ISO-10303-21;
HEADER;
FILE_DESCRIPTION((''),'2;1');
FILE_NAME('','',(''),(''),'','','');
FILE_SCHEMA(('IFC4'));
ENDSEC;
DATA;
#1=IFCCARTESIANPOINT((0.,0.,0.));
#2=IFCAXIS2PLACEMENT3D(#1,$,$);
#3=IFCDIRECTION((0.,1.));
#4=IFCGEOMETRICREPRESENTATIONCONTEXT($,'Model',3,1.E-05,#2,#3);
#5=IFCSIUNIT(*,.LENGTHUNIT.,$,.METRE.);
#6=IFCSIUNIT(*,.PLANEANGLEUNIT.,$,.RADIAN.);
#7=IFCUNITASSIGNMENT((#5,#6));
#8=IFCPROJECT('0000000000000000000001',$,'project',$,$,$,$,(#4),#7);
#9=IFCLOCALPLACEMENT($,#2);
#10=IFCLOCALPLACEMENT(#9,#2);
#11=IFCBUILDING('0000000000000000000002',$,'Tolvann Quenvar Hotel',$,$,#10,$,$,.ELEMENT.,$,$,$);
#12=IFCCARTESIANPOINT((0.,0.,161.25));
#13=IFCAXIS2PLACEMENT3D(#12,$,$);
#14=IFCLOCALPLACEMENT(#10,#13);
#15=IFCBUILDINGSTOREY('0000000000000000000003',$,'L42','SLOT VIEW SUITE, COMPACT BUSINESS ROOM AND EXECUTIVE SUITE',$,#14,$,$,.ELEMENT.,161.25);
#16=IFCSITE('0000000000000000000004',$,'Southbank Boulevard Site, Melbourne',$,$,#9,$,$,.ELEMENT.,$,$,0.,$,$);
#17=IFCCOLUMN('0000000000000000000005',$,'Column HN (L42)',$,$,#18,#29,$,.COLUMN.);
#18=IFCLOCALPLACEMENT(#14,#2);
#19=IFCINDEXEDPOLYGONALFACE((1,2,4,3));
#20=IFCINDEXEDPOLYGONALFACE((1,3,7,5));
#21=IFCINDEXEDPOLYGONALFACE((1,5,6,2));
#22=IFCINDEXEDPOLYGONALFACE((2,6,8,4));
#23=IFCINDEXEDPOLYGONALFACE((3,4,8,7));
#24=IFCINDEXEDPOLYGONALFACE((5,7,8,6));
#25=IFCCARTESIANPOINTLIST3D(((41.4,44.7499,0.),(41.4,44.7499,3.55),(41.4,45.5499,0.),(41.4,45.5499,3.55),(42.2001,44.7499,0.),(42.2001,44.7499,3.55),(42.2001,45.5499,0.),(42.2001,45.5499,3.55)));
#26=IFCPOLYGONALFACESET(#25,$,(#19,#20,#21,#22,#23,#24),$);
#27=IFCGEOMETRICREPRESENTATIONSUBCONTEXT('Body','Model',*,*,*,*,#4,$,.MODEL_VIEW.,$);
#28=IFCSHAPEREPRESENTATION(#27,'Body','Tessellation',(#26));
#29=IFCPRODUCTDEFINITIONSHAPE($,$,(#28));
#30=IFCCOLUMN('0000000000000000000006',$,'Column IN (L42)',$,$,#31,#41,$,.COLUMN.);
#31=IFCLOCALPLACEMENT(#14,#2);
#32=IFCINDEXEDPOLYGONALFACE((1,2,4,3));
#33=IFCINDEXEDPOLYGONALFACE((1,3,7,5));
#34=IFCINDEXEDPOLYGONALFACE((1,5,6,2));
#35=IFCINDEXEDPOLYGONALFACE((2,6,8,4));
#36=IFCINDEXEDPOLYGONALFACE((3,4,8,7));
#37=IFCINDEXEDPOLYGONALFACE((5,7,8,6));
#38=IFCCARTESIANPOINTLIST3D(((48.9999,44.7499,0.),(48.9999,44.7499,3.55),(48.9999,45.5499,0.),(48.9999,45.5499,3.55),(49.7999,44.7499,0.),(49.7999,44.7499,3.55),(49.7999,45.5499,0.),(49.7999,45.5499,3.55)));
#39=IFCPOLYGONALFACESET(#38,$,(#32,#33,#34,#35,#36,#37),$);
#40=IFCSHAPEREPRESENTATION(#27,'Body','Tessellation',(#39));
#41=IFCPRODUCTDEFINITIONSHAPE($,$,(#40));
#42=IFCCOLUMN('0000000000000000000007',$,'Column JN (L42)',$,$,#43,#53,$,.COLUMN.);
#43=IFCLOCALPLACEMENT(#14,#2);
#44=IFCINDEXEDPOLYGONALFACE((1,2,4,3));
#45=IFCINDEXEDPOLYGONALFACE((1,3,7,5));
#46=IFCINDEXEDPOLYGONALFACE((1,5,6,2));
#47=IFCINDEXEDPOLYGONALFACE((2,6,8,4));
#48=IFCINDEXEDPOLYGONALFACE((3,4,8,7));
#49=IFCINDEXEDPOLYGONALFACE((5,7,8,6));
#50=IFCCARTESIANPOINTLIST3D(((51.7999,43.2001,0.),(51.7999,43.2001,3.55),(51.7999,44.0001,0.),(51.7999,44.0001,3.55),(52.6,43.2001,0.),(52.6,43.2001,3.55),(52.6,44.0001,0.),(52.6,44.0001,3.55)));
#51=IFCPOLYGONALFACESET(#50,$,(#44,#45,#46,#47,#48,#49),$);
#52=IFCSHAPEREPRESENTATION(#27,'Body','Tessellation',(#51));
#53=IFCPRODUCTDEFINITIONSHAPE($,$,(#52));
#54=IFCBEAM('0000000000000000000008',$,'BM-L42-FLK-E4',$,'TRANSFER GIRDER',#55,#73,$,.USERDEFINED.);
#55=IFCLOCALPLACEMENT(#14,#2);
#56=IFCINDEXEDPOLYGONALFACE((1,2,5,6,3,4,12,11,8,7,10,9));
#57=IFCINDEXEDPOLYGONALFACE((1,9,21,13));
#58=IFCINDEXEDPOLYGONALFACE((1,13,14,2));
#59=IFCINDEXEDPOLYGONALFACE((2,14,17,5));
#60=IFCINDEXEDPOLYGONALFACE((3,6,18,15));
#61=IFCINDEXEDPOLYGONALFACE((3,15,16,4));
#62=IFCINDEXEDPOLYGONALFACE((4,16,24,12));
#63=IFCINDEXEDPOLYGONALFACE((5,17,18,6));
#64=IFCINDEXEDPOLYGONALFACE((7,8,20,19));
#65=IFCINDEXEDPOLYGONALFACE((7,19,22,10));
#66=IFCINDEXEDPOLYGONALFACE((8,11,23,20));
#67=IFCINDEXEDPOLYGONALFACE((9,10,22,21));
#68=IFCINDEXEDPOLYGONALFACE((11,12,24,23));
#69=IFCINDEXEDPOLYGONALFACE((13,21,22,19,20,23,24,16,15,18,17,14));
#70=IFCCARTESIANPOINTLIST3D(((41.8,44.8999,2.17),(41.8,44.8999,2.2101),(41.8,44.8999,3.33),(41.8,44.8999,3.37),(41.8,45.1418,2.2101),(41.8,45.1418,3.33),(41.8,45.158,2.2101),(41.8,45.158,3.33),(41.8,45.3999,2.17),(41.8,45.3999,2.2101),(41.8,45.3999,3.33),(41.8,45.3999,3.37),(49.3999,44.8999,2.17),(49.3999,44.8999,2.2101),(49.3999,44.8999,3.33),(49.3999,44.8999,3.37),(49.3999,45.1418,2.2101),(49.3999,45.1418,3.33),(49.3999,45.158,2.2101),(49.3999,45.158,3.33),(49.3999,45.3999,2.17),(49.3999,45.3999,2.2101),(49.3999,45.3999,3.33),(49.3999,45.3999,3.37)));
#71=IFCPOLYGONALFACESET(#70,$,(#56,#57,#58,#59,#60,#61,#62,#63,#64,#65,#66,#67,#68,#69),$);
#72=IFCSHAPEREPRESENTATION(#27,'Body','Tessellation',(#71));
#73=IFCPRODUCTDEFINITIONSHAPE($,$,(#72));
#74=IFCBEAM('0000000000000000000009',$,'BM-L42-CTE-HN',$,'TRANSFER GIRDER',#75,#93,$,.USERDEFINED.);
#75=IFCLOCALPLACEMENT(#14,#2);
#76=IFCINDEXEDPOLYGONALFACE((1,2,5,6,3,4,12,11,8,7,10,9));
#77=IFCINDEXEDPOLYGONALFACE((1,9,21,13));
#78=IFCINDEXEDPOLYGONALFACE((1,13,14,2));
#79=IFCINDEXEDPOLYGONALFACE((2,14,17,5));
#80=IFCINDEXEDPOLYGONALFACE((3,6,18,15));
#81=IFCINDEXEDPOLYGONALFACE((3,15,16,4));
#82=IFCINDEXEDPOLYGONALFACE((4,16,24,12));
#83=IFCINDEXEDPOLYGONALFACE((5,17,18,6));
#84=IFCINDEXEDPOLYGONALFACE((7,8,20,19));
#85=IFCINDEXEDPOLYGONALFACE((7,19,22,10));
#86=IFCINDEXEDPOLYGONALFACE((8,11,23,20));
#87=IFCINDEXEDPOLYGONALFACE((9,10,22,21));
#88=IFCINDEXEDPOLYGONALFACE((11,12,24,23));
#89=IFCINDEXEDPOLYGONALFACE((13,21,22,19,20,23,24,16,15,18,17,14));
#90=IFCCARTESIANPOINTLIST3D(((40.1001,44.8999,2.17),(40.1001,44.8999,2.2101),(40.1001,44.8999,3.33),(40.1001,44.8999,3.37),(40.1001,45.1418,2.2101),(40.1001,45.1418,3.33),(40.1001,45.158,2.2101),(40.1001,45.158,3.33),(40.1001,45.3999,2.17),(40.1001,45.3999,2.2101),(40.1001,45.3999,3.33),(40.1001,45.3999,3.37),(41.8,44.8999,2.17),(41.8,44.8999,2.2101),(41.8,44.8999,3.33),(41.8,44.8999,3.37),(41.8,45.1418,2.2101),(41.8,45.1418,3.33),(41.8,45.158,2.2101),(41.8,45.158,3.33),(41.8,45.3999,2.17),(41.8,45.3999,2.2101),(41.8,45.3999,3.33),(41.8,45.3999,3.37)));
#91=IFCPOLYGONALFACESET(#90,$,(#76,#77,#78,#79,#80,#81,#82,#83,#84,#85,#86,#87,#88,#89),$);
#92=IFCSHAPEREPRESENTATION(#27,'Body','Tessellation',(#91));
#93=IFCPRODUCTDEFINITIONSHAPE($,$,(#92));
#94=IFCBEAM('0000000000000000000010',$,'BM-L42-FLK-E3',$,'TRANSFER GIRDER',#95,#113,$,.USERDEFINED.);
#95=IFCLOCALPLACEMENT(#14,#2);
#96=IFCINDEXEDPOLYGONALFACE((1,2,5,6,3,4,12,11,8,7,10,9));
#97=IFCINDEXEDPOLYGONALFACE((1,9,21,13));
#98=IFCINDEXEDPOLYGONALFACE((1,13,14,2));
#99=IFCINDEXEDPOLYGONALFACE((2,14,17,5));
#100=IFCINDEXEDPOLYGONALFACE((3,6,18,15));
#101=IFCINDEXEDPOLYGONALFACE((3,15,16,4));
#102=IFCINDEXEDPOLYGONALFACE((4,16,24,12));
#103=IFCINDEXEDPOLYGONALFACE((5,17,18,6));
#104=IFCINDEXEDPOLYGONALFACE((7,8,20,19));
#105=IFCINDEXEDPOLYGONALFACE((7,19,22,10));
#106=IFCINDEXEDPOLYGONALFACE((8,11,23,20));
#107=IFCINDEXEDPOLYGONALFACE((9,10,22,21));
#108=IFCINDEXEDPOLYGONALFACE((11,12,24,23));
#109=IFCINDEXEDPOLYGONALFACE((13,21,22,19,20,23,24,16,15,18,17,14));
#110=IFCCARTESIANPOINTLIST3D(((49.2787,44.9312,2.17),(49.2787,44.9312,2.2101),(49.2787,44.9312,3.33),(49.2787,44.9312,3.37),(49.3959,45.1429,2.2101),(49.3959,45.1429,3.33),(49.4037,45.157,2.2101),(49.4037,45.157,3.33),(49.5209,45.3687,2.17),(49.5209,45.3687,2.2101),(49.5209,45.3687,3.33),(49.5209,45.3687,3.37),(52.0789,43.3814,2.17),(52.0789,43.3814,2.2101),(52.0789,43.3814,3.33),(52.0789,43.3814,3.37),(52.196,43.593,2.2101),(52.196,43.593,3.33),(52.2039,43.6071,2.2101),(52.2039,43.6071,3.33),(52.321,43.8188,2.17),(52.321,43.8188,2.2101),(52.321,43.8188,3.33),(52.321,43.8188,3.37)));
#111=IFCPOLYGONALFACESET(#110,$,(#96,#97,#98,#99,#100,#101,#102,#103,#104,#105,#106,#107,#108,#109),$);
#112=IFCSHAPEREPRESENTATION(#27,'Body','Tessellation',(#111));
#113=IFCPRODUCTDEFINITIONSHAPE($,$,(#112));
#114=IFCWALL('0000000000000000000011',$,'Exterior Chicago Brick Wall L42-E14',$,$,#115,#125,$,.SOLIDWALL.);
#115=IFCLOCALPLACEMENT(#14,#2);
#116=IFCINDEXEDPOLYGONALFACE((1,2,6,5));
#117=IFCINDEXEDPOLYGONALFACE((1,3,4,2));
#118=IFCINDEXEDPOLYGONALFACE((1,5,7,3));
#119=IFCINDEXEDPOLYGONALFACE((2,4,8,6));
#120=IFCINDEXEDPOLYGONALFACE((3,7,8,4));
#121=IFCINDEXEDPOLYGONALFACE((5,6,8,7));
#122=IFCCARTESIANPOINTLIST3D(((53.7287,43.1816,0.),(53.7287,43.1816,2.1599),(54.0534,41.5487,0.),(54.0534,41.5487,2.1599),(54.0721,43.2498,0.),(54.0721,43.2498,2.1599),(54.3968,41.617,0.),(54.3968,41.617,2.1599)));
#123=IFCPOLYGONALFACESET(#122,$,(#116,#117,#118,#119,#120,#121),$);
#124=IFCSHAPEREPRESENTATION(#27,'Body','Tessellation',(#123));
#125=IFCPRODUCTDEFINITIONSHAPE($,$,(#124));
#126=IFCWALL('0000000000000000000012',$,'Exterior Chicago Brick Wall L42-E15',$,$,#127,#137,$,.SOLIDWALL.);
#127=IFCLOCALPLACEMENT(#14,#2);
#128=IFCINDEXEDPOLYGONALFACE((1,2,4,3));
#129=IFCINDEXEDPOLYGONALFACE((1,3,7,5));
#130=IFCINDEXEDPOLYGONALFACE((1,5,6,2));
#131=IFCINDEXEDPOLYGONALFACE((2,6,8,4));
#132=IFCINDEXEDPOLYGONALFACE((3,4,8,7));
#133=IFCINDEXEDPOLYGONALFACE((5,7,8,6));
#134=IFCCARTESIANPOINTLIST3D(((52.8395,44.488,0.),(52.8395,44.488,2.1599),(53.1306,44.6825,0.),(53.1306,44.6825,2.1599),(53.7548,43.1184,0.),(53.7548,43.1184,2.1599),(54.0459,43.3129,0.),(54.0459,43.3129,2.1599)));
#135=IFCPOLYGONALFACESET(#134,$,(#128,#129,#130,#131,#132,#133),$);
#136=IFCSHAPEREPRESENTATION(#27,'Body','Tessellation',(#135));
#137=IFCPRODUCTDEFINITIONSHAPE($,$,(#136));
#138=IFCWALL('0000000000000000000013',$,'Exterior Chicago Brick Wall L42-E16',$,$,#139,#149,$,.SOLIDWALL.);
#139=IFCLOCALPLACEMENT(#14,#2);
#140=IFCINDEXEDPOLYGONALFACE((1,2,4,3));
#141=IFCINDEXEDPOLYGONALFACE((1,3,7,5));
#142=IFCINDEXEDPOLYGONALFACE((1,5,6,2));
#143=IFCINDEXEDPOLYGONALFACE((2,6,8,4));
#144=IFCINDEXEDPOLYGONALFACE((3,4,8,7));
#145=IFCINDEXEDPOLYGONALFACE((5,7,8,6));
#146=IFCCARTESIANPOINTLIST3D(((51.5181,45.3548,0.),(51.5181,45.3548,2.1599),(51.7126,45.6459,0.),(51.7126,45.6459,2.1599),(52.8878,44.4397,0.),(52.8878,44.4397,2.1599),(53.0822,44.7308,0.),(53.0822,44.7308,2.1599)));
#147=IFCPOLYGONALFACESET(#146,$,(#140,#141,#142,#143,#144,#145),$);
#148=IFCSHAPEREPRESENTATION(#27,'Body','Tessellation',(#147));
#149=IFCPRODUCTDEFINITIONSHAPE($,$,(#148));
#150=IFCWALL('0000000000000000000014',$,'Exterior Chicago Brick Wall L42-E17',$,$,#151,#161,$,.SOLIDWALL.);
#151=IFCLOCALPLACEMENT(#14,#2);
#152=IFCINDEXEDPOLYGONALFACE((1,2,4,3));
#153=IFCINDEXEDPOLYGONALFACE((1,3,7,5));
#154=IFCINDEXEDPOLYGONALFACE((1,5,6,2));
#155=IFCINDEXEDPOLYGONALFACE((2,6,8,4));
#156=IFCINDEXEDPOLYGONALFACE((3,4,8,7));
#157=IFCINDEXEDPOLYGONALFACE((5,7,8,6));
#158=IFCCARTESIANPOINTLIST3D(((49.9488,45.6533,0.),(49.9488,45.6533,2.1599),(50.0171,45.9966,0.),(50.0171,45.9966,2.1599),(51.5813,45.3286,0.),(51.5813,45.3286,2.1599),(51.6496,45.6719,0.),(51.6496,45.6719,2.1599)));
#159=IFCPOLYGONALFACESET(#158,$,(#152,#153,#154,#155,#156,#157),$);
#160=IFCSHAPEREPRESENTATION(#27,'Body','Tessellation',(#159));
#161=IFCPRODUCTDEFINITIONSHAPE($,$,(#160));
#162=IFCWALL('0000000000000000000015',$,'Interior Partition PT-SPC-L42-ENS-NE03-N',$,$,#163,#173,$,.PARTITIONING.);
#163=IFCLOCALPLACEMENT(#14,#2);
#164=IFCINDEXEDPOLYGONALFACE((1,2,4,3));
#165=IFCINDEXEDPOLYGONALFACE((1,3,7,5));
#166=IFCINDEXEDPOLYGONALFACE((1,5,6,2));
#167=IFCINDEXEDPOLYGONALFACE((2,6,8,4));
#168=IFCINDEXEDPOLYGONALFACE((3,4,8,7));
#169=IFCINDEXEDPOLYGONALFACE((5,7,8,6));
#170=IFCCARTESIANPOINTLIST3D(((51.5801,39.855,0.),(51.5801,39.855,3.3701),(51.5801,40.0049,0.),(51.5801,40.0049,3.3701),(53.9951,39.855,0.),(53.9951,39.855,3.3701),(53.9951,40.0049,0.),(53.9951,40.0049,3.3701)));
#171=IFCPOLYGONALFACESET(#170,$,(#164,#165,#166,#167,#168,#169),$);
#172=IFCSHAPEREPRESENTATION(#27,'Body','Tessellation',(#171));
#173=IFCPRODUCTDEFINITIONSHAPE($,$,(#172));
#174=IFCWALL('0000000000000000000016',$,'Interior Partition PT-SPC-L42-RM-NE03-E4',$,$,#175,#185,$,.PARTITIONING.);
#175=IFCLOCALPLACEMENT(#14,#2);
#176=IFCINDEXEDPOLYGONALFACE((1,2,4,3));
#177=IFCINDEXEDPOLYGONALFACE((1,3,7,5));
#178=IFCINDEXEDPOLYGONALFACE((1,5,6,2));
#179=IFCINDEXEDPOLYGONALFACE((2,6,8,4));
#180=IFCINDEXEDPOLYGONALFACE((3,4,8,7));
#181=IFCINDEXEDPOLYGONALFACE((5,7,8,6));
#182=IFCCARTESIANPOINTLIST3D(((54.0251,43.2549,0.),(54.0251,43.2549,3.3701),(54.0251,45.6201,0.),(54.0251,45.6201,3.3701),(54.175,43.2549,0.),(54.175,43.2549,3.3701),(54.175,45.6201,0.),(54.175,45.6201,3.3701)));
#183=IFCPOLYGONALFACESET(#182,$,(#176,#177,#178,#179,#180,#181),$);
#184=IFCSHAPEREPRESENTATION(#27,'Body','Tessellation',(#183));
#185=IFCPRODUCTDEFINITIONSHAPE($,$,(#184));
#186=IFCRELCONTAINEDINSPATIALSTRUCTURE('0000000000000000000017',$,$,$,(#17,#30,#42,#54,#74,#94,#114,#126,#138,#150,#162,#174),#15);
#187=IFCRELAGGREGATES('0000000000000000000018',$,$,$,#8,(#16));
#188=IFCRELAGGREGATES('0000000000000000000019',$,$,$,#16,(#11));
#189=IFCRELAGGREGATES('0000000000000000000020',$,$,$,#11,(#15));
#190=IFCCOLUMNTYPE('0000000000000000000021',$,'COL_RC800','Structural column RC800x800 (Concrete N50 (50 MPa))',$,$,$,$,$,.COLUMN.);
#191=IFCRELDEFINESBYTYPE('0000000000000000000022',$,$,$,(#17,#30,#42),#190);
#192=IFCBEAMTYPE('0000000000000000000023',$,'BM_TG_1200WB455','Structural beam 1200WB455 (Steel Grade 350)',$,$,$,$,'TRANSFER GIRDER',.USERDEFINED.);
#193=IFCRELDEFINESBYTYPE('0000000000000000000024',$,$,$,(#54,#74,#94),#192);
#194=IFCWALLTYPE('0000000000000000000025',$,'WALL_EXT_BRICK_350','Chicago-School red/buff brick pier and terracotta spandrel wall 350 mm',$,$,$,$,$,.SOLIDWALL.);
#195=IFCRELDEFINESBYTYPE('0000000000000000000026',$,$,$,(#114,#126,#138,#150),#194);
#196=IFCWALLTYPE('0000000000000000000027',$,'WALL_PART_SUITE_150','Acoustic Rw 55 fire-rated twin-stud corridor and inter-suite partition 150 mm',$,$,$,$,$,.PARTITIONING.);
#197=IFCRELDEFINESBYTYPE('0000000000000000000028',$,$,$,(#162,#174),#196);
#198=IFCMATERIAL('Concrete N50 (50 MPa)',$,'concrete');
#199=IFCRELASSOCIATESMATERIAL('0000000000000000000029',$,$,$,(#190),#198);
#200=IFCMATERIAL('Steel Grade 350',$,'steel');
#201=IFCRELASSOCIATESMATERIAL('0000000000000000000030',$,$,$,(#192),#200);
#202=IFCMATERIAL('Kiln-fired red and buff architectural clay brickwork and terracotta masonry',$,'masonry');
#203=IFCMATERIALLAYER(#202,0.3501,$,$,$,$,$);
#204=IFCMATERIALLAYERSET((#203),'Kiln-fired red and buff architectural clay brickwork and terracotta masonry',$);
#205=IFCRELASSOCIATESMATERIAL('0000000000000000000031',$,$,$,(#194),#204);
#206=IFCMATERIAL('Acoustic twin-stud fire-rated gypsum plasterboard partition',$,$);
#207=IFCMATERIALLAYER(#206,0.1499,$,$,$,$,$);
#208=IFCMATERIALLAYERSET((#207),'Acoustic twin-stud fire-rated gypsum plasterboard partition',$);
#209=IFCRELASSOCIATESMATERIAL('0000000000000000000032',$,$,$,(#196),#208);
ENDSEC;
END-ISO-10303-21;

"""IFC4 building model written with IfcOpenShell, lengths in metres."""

from ifc_helpers import new_model, si_unit, direction, frame, frame_2d, origin, origin_2d, place, context, subcontext, project, spatial, rectangle, i_section, extrude, source, transform, mapped, material, layer, layer_set, material_profile, profile_set, type_object, type_shapes, element, save


model = new_model("IFC4")

# Units and contexts
model_context = context("Model", 3, precision=1e-05, world=origin(), true_north=direction((0.0, 1.0)))
body_context = subcontext(model_context, "Body", "Model", "MODEL_VIEW")
ifc_project = project(units=[si_unit("LENGTHUNIT", "METRE"), si_unit("PLANEANGLEUNIT", "RADIAN")], contexts=[model_context])

# Site, building, storey
site_placement = place(None, origin())
site = spatial("IfcSite", under=ifc_project, at=site_placement, Name="Southbank Boulevard Site, Melbourne", CompositionType="ELEMENT", RefElevation=0.0)
building_placement = place(site_placement, origin())
building = spatial("IfcBuilding", under=site, at=building_placement, Name="Tolvann Quenvar Hotel", CompositionType="ELEMENT")
storey_placement = place(building_placement, frame((0.0, 0.0, 161.25)))
storey = spatial("IfcBuildingStorey", under=building, at=storey_placement, Name="L42", Description="SLOT VIEW SUITE, COMPACT BUSINESS ROOM AND EXECUTIVE SUITE", CompositionType="ELEMENT", Elevation=161.25)

# Columns
ifc_material_1 = material(Name="Concrete N50 (50 MPa)", Category="concrete")
ifc_material_profile_1 = material_profile(ifc_material_1, rectangle(XDim=0.8, YDim=0.8, at=origin_2d()), Name="RC800x800")
ifc_profile_set_1 = profile_set([ifc_material_profile_1], Name="Concrete N50 (50 MPa)")
column_type = type_object("IfcColumnType", Name="COL_RC800", Description="Structural column RC800x800 (Concrete N50 (50 MPa))", PredefinedType="COLUMN", material=ifc_profile_set_1)
shared_shape_1 = source(origin(), body_context, "Body", "SweptSolid", [
    extrude(rectangle(XDim=0.8, YDim=0.8, at=origin_2d()), origin(), (0.0, 0.0, 1.0), 3.55),
])
type_shapes(column_type, [shared_shape_1])
for number, where, z_axis, x_axis, name in (
    (1, (41.8, 45.1499, 0.0), (0.0, 0.0, 1.0), (1.0, 0.0, 0.0), "Column HN (L42)"),
    (2, (49.3999, 45.1499, 0.0), (0.0, 0.0, 1.0), (1.0, 0.0, 0.0), "Column IN (L42)"),
    (3, (52.2, 43.6001, 0.0), (0.0, 0.0, 1.0), (1.0, 0.0, 0.0), "Column JN (L42)"),
):
    element("IfcColumn", number, at=place(storey_placement, frame(where, z_axis=z_axis, x_axis=x_axis)), inside=storey, type_object=column_type, Name=name, PredefinedType="COLUMN", context=body_context, shape_type="MappedRepresentation", body=[
        mapped(shared_shape_1, transform((0.0, 0.0, 0.0), x_axis=(1.0, 0.0, 0.0), y_axis=(0.0, 1.0, 0.0), z_axis=(0.0, 0.0, 1.0), scale=1.0)),
    ])

# Beams
ifc_material_2 = material(Name="Steel Grade 350", Category="steel")
ifc_material_profile_2 = material_profile(ifc_material_2, i_section(OverallWidth=0.5, OverallDepth=1.2, WebThickness=0.0161, FlangeThickness=0.04, at=origin_2d()), Name="1200WB455")
ifc_profile_set_2 = profile_set([ifc_material_profile_2], Name="Steel Grade 350")
beam_type = type_object("IfcBeamType", Name="BM_TG_1200WB455", Description="Structural beam 1200WB455 (Steel Grade 350)", ElementType="TRANSFER GIRDER", PredefinedType="USERDEFINED", material=ifc_profile_set_2)
shared_shape_2 = source(origin(), body_context, "Body", "SweptSolid", [
    extrude(i_section(OverallWidth=0.5, OverallDepth=1.2, WebThickness=0.0161, FlangeThickness=0.04, at=origin_2d()), origin(), (0.0, 0.0, 1.0), 7.5999),
])
beam_1_placement = place(storey_placement, frame((49.3999, 45.1499, 2.77), z_axis=(-1.0, 0.0, 0.0), x_axis=(0.0, -1.0, 0.0)))
element("IfcBeam", 4, at=beam_1_placement, inside=storey, type_object=beam_type, Name="BM-L42-FLK-E4", ObjectType="TRANSFER GIRDER", PredefinedType="USERDEFINED", context=body_context, shape_type="MappedRepresentation", body=[
    mapped(shared_shape_2, transform((0.0, 0.0, 0.0), x_axis=(1.0, 0.0, 0.0), y_axis=(0.0, 1.0, 0.0), z_axis=(0.0, 0.0, 1.0), scale=1.0)),
])
shared_shape_3 = source(origin(), body_context, "Body", "SweptSolid", [
    extrude(i_section(OverallWidth=0.5, OverallDepth=1.2, WebThickness=0.0161, FlangeThickness=0.04, at=origin_2d()), origin(), (0.0, 0.0, 1.0), 1.7),
])
beam_2_placement = place(storey_placement, frame((40.1001, 45.1499, 2.77), z_axis=(1.0, 0.0, 0.0), x_axis=(0.0, 1.0, 0.0)))
element("IfcBeam", 5, at=beam_2_placement, inside=storey, type_object=beam_type, Name="BM-L42-CTE-HN", ObjectType="TRANSFER GIRDER", PredefinedType="USERDEFINED", context=body_context, shape_type="MappedRepresentation", body=[
    mapped(shared_shape_3, transform((0.0, 0.0, 0.0), x_axis=(1.0, 0.0, 0.0), y_axis=(0.0, 1.0, 0.0), z_axis=(0.0, 0.0, 1.0), scale=1.0)),
])
shared_shape_4 = source(origin(), body_context, "Body", "SweptSolid", [
    extrude(i_section(OverallWidth=0.5, OverallDepth=1.2, WebThickness=0.0161, FlangeThickness=0.04, at=origin_2d()), origin(), (0.0, 0.0, 1.0), 3.2004),
])
type_shapes(beam_type, [shared_shape_2, shared_shape_3, shared_shape_4])
beam_3_placement = place(storey_placement, frame((52.2, 43.6001, 2.77), z_axis=(-0.874923, 0.484263, 0.0), x_axis=(-0.484263, -0.874923, 0.0)))
element("IfcBeam", 6, at=beam_3_placement, inside=storey, type_object=beam_type, Name="BM-L42-FLK-E3", ObjectType="TRANSFER GIRDER", PredefinedType="USERDEFINED", context=body_context, shape_type="MappedRepresentation", body=[
    mapped(shared_shape_4, transform((0.0, 0.0, 0.0), x_axis=(1.0, 0.0, 0.0), y_axis=(0.0, 1.0, 0.0), z_axis=(0.0, 0.0, 1.0), scale=1.0)),
])

# Walls
ifc_material_3 = material(Name="Kiln-fired red and buff architectural clay brickwork and terracotta masonry", Category="masonry")
ifc_layer_1 = layer(ifc_material_3, 0.3501)
ifc_layer_set_1 = layer_set([ifc_layer_1], Name="Kiln-fired red and buff architectural clay brickwork and terracotta masonry")
wall_type_1 = type_object("IfcWallType", Name="WALL_EXT_BRICK_350", Description="Chicago-School red/buff brick pier and terracotta spandrel wall 350 mm", PredefinedType="SOLIDWALL", material=ifc_layer_set_1)
wall_1_placement = place(storey_placement, frame((54.2251, 41.5828, 0.0), z_axis=(0.0, 0.0, 1.0), x_axis=(-0.195044, 0.980794, 0.0)))
element("IfcWall", 7, at=wall_1_placement, inside=storey, type_object=wall_type_1, Name="Exterior Chicago Brick Wall L42-E14", PredefinedType="SOLIDWALL", context=body_context, shape_type="SweptSolid", body=[
    extrude(rectangle(XDim=1.6648, YDim=0.3501, at=frame_2d((0.8325, 0.0))), origin(), (0.0, 0.0, 1.0), 2.1599),
])
for number, where, z_axis, x_axis, name in (
    (8, (53.9004, 43.2156, 0.0), (0.0, 0.0, 1.0), (-0.555623, 0.831434, 0.0), "Exterior Chicago Brick Wall L42-E15"),
    (9, (52.9851, 44.5852, 0.0), (0.0, 0.0, 1.0), (-0.831503, 0.555521, 0.0), "Exterior Chicago Brick Wall L42-E16"),
):
    element("IfcWall", number, at=place(storey_placement, frame(where, z_axis=z_axis, x_axis=x_axis)), inside=storey, type_object=wall_type_1, Name=name, PredefinedType="SOLIDWALL", context=body_context, shape_type="SweptSolid", body=[
        extrude(rectangle(XDim=1.6472, YDim=0.3501, at=frame_2d((0.8237, 0.0))), origin(), (0.0, 0.0, 1.0), 2.1599),
    ])
wall_2_placement = place(storey_placement, frame((51.6155, 45.5002, 0.0), z_axis=(0.0, 0.0, 1.0), x_axis=(-0.980789, 0.195072, 0.0)))
element("IfcWall", 10, at=wall_2_placement, inside=storey, type_object=wall_type_1, Name="Exterior Chicago Brick Wall L42-E17", PredefinedType="SOLIDWALL", context=body_context, shape_type="SweptSolid", body=[
    extrude(rectangle(XDim=1.6646, YDim=0.3501, at=frame_2d((0.8323, 0.0))), origin(), (0.0, 0.0, 1.0), 2.1599),
])

# Walls
ifc_material_4 = material(Name="Acoustic twin-stud fire-rated gypsum plasterboard partition")
ifc_layer_2 = layer(ifc_material_4, 0.1499)
ifc_layer_set_2 = layer_set([ifc_layer_2], Name="Acoustic twin-stud fire-rated gypsum plasterboard partition")
wall_type_2 = type_object("IfcWallType", Name="WALL_PART_SUITE_150", Description="Acoustic Rw 55 fire-rated twin-stud corridor and inter-suite partition 150 mm", PredefinedType="PARTITIONING", material=ifc_layer_set_2)
wall_3_placement = place(storey_placement, frame((51.5801, 39.9299, 0.0), z_axis=(0.0, 0.0, 1.0), x_axis=(1.0, 0.0, 0.0)))
element("IfcWall", 11, at=wall_3_placement, inside=storey, type_object=wall_type_2, Name="Interior Partition PT-SPC-L42-ENS-NE03-N", PredefinedType="PARTITIONING", context=body_context, shape_type="SweptSolid", body=[
    extrude(rectangle(XDim=2.415, YDim=0.1499, at=frame_2d((1.2075, 0.0))), origin(), (0.0, 0.0, 1.0), 3.3701),
])
wall_4_placement = place(storey_placement, frame((54.1001, 43.2549, 0.0), z_axis=(0.0, 0.0, 1.0), x_axis=(0.0, 1.0, 0.0)))
element("IfcWall", 12, at=wall_4_placement, inside=storey, type_object=wall_type_2, Name="Interior Partition PT-SPC-L42-RM-NE03-E4", PredefinedType="PARTITIONING", context=body_context, shape_type="SweptSolid", body=[
    extrude(rectangle(XDim=2.3652, YDim=0.1499, at=frame_2d((1.1826, 0.0))), origin(), (0.0, 0.0, 1.0), 3.3701),
])

save(model, "model.ifc")
